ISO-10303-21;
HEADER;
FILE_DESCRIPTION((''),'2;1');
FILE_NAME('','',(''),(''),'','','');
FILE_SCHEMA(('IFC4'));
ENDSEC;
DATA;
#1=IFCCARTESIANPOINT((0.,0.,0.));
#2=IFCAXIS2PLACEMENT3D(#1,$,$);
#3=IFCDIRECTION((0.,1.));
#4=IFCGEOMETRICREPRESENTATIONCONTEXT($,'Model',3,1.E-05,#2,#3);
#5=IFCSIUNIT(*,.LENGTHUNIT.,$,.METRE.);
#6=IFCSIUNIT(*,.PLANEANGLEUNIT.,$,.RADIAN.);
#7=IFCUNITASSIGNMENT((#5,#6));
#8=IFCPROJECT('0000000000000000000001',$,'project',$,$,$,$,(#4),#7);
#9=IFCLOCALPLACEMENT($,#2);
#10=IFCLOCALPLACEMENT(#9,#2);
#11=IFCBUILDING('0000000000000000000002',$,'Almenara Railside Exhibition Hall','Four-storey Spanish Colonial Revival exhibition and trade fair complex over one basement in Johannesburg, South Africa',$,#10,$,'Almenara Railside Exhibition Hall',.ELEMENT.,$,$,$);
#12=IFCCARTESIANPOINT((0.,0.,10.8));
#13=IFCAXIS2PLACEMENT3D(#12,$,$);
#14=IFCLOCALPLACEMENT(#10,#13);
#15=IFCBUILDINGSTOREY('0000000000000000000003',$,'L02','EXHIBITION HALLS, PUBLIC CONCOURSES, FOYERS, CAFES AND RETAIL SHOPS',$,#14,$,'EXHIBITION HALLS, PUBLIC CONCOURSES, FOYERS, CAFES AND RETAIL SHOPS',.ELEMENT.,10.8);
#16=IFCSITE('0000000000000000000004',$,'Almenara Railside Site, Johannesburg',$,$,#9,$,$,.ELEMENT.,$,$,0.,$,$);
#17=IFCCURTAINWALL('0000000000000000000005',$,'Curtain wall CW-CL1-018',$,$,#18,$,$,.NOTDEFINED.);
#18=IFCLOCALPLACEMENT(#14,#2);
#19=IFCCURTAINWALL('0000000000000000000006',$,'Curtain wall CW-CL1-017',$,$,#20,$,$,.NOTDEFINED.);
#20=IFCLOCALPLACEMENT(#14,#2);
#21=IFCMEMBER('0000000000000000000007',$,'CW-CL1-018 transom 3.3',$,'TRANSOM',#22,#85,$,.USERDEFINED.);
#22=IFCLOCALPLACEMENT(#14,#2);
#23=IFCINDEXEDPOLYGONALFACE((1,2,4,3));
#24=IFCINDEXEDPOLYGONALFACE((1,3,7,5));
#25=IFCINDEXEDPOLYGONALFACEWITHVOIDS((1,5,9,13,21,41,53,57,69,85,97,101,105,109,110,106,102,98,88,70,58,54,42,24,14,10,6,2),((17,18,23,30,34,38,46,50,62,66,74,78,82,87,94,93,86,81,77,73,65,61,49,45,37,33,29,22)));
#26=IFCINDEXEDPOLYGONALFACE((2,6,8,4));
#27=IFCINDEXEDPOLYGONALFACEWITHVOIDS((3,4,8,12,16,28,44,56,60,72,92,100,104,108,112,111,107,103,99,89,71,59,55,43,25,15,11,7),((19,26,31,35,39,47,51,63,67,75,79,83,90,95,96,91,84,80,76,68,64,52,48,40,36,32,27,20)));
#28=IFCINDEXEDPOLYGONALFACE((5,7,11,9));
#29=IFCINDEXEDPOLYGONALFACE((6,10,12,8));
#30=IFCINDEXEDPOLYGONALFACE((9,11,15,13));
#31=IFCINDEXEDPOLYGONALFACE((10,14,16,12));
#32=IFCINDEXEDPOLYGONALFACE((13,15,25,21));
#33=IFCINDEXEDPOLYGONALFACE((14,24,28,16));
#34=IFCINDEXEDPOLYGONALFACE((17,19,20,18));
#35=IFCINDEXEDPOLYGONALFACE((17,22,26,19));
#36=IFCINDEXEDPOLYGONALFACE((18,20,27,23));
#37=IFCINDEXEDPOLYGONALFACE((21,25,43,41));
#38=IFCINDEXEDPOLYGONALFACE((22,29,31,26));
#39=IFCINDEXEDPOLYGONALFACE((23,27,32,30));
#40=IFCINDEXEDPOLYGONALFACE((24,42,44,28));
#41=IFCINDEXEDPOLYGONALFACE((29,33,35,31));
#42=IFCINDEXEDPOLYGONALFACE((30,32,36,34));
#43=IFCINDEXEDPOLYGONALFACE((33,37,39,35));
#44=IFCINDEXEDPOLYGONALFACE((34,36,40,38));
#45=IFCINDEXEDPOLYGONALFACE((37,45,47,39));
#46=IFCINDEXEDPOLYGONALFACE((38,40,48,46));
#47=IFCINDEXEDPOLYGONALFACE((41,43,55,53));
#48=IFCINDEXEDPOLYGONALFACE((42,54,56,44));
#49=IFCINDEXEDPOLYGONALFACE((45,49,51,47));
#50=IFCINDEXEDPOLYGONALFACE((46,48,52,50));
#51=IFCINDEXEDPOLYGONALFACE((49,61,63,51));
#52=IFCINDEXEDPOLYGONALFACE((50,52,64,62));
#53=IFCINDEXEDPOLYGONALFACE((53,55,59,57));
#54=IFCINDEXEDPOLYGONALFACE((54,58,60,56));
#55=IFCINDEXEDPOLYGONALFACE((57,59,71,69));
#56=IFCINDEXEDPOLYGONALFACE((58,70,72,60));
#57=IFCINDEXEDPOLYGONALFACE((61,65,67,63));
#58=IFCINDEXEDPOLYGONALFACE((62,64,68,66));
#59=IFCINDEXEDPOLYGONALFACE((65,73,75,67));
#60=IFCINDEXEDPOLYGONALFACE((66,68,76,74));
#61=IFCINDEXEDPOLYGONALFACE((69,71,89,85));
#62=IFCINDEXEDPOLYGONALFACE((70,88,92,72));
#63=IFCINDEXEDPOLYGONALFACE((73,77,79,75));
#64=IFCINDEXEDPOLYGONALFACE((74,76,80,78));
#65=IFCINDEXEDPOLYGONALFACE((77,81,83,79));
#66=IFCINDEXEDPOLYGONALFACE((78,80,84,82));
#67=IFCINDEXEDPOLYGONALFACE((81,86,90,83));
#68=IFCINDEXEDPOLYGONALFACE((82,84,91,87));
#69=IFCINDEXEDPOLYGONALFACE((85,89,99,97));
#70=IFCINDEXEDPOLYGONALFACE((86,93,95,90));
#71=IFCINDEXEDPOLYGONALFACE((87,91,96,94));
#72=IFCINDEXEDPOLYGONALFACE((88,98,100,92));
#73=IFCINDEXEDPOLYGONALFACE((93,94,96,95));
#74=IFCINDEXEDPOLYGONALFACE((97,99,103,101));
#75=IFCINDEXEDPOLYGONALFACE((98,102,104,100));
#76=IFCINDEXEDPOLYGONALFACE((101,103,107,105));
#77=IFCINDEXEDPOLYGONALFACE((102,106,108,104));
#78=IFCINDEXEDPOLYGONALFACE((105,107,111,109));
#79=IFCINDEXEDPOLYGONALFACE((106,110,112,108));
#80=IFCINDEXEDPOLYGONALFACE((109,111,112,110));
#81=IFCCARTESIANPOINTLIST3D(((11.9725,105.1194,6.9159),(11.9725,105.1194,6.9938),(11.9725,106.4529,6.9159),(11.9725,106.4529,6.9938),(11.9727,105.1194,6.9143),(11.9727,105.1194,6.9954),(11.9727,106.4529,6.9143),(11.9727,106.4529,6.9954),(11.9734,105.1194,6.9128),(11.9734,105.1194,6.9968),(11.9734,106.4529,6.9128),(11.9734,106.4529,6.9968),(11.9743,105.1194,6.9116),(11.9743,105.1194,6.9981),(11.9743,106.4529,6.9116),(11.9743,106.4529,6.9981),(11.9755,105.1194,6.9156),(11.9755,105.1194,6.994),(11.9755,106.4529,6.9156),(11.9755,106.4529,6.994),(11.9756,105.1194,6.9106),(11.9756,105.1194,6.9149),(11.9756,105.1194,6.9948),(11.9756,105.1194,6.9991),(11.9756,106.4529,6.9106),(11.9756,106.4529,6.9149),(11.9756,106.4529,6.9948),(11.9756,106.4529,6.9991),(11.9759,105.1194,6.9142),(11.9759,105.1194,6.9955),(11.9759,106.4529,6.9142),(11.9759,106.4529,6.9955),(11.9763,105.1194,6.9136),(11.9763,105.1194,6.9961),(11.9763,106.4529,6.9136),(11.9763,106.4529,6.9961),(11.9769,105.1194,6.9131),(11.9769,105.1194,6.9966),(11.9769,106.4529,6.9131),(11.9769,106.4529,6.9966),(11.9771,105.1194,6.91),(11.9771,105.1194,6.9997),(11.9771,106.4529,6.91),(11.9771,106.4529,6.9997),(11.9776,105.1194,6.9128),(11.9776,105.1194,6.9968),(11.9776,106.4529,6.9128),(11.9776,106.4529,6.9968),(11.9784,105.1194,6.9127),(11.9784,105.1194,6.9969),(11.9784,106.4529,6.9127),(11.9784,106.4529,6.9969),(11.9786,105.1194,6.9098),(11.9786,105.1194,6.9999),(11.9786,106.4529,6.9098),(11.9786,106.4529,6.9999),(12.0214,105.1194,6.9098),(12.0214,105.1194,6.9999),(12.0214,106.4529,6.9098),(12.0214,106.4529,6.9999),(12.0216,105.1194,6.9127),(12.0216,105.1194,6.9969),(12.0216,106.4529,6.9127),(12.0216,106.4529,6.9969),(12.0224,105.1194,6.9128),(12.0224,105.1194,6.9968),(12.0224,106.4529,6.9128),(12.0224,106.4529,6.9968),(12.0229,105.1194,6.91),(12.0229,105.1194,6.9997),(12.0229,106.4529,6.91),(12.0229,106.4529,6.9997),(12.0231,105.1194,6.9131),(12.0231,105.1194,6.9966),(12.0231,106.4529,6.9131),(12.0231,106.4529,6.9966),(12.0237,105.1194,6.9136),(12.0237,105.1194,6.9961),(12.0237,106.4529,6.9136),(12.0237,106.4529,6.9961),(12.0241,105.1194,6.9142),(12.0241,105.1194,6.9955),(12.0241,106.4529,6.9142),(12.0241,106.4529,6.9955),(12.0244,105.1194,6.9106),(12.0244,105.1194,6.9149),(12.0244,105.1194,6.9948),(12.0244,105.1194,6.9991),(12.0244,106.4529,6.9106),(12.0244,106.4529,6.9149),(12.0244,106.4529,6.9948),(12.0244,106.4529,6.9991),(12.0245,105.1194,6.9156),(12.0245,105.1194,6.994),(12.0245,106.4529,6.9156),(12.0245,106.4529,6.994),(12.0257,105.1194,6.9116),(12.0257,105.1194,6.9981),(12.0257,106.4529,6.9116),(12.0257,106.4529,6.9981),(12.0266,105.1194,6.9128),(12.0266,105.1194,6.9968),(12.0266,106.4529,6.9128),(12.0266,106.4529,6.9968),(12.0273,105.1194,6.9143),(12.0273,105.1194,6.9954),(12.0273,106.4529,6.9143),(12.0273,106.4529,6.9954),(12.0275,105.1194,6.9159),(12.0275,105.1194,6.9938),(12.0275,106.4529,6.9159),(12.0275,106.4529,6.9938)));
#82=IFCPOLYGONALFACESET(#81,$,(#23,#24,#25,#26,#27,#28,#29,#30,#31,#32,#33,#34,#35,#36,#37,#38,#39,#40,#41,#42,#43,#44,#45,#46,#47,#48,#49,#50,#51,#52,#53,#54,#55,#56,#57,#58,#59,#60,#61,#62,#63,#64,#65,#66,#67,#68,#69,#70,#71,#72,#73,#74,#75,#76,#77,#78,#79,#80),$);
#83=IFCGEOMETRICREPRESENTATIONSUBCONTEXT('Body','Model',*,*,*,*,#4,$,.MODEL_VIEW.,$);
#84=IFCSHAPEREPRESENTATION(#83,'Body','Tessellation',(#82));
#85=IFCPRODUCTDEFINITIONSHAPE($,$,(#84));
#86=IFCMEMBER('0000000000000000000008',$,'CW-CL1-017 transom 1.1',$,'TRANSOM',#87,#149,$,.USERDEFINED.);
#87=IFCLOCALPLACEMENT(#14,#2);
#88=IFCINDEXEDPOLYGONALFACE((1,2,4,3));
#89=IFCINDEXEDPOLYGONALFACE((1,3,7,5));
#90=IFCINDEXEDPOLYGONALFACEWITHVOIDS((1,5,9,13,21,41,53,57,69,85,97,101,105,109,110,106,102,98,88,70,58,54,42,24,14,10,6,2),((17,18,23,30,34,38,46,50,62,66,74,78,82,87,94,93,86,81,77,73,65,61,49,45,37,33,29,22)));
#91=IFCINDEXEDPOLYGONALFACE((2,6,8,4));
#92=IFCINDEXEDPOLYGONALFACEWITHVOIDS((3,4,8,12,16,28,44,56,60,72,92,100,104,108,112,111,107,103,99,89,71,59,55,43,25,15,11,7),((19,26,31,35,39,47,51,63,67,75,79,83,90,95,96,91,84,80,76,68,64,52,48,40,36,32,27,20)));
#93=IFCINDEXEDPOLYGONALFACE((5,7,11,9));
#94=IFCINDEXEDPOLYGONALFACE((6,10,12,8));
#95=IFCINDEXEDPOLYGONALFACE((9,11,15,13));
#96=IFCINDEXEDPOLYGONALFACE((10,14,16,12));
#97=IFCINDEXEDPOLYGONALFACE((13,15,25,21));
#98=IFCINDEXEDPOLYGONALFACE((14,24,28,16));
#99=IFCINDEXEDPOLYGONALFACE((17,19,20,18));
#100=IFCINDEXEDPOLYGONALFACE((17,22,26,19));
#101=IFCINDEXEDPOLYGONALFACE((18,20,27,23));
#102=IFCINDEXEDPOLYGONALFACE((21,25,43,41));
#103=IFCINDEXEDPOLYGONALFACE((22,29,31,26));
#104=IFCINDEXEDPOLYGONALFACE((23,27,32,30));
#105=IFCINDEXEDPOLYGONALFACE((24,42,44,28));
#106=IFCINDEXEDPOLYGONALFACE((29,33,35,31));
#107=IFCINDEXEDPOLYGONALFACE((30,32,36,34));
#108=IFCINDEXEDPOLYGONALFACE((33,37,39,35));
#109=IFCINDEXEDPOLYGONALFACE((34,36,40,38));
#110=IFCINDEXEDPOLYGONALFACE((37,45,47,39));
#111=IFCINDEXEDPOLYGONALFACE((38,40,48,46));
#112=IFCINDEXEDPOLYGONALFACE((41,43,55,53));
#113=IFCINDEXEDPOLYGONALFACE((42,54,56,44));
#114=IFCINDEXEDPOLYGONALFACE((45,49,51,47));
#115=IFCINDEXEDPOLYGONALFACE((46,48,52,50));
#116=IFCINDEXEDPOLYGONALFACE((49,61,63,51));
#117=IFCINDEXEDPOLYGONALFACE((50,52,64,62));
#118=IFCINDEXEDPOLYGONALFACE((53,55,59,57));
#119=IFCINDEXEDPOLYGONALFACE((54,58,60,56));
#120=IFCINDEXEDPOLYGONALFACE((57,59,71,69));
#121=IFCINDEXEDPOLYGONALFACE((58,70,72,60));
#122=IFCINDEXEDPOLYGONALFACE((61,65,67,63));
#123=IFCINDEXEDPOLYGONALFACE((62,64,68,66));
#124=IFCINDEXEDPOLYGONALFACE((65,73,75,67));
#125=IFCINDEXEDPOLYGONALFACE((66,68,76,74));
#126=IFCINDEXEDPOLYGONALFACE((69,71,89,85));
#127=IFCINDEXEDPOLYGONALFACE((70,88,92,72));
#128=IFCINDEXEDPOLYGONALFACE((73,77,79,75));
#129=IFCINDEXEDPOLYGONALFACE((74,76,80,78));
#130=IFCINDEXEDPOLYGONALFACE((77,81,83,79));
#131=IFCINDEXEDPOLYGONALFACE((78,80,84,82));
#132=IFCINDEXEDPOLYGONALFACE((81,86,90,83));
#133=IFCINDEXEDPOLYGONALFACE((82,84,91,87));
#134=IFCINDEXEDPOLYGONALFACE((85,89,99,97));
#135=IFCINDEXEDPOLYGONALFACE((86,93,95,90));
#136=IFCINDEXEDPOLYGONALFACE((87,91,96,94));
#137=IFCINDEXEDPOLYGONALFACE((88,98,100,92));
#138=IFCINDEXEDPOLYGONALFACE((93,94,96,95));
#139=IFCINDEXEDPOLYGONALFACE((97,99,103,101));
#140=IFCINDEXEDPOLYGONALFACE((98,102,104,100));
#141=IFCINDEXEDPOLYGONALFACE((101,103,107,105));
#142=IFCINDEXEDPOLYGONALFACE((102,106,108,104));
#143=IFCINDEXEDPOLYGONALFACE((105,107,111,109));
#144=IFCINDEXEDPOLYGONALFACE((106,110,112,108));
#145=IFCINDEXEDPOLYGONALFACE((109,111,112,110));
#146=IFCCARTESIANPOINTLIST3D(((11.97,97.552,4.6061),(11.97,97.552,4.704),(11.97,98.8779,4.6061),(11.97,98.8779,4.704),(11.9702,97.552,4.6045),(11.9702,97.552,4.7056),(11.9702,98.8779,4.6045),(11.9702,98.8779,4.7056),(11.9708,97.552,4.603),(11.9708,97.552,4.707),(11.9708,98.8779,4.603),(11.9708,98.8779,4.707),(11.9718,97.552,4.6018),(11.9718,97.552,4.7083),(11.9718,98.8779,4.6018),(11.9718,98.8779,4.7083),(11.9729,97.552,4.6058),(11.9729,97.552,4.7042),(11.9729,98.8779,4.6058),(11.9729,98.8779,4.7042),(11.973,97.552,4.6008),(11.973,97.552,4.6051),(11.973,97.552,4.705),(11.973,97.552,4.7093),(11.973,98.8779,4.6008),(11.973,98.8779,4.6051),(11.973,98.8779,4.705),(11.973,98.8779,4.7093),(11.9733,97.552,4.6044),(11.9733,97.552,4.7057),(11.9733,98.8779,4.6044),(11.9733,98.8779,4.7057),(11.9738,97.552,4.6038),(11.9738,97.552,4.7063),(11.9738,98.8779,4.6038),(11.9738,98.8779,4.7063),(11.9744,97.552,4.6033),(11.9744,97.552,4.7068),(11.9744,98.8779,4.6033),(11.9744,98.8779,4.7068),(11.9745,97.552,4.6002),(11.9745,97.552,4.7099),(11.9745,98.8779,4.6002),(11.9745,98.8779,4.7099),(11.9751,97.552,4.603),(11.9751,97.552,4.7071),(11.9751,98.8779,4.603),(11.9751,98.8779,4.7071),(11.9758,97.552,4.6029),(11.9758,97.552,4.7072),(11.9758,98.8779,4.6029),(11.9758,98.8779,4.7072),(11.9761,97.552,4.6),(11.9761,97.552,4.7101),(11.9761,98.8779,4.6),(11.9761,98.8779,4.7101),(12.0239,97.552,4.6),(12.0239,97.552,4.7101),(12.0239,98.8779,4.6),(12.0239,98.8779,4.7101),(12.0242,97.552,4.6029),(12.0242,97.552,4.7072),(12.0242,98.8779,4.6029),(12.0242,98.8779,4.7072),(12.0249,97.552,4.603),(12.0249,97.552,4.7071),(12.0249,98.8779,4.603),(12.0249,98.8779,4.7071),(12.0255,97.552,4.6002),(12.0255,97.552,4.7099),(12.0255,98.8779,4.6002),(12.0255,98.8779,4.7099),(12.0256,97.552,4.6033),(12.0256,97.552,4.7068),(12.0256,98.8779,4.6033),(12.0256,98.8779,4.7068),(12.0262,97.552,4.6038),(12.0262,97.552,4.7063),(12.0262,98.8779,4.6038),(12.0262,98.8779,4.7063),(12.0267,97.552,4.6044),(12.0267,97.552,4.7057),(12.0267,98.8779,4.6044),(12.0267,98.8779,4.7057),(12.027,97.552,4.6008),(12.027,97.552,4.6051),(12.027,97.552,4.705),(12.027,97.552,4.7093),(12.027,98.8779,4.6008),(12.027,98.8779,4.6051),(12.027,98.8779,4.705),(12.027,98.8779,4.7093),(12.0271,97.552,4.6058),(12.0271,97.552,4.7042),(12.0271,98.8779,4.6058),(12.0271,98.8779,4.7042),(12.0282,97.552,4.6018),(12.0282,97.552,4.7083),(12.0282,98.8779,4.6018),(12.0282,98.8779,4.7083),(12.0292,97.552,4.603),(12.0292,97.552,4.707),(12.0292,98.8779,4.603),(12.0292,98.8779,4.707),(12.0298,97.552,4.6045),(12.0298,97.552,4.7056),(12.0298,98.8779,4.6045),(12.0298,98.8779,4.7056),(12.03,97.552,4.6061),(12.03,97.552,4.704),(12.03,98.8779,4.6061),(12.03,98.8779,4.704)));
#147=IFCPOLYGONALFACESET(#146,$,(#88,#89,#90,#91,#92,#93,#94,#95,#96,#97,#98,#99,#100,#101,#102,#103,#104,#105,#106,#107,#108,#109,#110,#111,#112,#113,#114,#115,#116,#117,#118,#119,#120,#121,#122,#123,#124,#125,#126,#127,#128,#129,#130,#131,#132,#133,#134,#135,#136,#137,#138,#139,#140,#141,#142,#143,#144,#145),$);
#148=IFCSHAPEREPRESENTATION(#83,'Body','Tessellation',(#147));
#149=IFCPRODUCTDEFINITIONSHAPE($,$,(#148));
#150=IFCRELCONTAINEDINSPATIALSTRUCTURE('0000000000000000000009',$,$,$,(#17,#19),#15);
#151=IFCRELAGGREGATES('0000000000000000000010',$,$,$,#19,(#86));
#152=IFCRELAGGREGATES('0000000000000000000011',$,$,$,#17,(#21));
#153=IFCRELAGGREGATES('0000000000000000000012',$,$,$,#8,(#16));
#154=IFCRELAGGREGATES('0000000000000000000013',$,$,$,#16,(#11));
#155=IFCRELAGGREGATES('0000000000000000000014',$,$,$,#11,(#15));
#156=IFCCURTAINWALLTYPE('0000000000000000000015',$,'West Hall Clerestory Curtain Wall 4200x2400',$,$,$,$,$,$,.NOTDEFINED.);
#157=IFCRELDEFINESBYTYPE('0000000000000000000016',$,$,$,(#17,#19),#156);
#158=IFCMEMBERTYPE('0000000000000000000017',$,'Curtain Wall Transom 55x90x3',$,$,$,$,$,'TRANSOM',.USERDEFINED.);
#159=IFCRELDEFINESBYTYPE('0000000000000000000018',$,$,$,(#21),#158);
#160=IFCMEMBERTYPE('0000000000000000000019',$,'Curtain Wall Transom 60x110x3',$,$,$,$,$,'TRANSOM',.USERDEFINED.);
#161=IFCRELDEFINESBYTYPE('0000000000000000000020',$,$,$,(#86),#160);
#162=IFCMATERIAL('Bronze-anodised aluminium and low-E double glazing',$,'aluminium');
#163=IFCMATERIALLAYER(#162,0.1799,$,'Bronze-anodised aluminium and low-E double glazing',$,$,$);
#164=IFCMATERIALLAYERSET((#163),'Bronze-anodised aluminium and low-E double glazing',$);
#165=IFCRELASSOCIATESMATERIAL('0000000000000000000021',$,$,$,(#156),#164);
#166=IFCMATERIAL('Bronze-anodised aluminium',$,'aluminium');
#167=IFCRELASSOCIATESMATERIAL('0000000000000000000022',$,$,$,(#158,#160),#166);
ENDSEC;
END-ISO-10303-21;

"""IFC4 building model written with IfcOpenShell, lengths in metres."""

from ifc_helpers import new_model, si_unit, direction, frame, origin, origin_2d, place, context, subcontext, project, spatial, hollow_rectangle, extrude, material, layer, layer_set, material_profile, profile_set, type_object, element, aggregate, save


model = new_model("IFC4")

# Units and contexts
model_context = context("Model", 3, precision=1e-05, world=origin(), true_north=direction((0.0, 1.0)))
body_context = subcontext(model_context, "Body", "Model", "MODEL_VIEW")
ifc_project = project(units=[si_unit("LENGTHUNIT", "METRE"), si_unit("PLANEANGLEUNIT", "RADIAN")], contexts=[model_context])

# Site, building, storey
site_placement = place(None, origin())
site = spatial("IfcSite", under=ifc_project, at=site_placement, Name="Almenara Railside Site, Johannesburg", CompositionType="ELEMENT", RefElevation=0.0)
building_placement = place(site_placement, origin())
building = spatial("IfcBuilding", under=site, at=building_placement, Name="Almenara Railside Exhibition Hall", Description="Four-storey Spanish Colonial Revival exhibition and trade fair complex over one basement in Johannesburg, South Africa", LongName="Almenara Railside Exhibition Hall", CompositionType="ELEMENT")
storey_placement = place(building_placement, frame((0.0, 0.0, 10.8)))
storey = spatial("IfcBuildingStorey", under=building, at=storey_placement, Name="L02", Description="EXHIBITION HALLS, PUBLIC CONCOURSES, FOYERS, CAFES AND RETAIL SHOPS", LongName="EXHIBITION HALLS, PUBLIC CONCOURSES, FOYERS, CAFES AND RETAIL SHOPS", CompositionType="ELEMENT", Elevation=10.8)

# Curtain walls
ifc_material_1 = material(Name="Bronze-anodised aluminium and low-E double glazing", Category="aluminium")
ifc_layer_1 = layer(ifc_material_1, 0.1799, Name="Bronze-anodised aluminium and low-E double glazing")
ifc_layer_set_1 = layer_set([ifc_layer_1], Name="Bronze-anodised aluminium and low-E double glazing")
curtain_wall_type = type_object("IfcCurtainWallType", Name="West Hall Clerestory Curtain Wall 4200x2400", PredefinedType="NOTDEFINED", material=ifc_layer_set_1)
curtain_wall_1_placement = place(storey_placement, origin())
curtain_wall_1 = element("IfcCurtainWall", 1, at=curtain_wall_1_placement, inside=storey, type_object=curtain_wall_type, Name="Curtain wall CW-CL1-018", PredefinedType="NOTDEFINED")
ifc_material_2 = material(Name="Bronze-anodised aluminium", Category="aluminium")
curtain_wall_2_placement = place(storey_placement, origin())
curtain_wall_2 = element("IfcCurtainWall", 2, at=curtain_wall_2_placement, inside=storey, type_object=curtain_wall_type, Name="Curtain wall CW-CL1-017", PredefinedType="NOTDEFINED")

# Members
ifc_material_profile_1 = material_profile(ifc_material_2, hollow_rectangle(XDim=0.0549, YDim=0.0901, WallThickness=0.0029, InnerFilletRadius=0.0029, OuterFilletRadius=0.0061, at=origin_2d()), Name="ALU-TRN 55x90x3")
ifc_profile_set_1 = profile_set([ifc_material_profile_1], Name="Bronze-anodised aluminium")
member_type_1 = type_object("IfcMemberType", Name="Curtain Wall Transom 55x90x3", ElementType="TRANSOM", PredefinedType="USERDEFINED", material=ifc_profile_set_1)
member_1_placement = place(storey_placement, frame((12.0, 105.1194, 6.9548), z_axis=(0.0, 1.0, 0.0), x_axis=(-1.0, 0.0, 0.0)))
member_1 = element("IfcMember", 3, at=member_1_placement, type_object=member_type_1, Name="CW-CL1-018 transom 3.3", ObjectType="TRANSOM", PredefinedType="USERDEFINED", context=body_context, shape_type="SweptSolid", body=[
    extrude(hollow_rectangle(XDim=0.0549, YDim=0.0901, WallThickness=0.0029, InnerFilletRadius=0.0029, OuterFilletRadius=0.0061, at=origin_2d()), origin(), (0.0, 0.0, 1.0), 1.3335),
])
ifc_material_profile_2 = material_profile(ifc_material_2, hollow_rectangle(XDim=0.0601, YDim=0.1101, WallThickness=0.0029, InnerFilletRadius=0.0029, OuterFilletRadius=0.0061, at=origin_2d()), Name="ALU-TRN 60x110x3")
ifc_profile_set_2 = profile_set([ifc_material_profile_2], Name="Bronze-anodised aluminium")
member_type_2 = type_object("IfcMemberType", Name="Curtain Wall Transom 60x110x3", ElementType="TRANSOM", PredefinedType="USERDEFINED", material=ifc_profile_set_2)
member_2_placement = place(storey_placement, frame((12.0, 97.552, 4.655), z_axis=(0.0, 1.0, 0.0), x_axis=(-1.0, 0.0, 0.0)))
member_2 = element("IfcMember", 4, at=member_2_placement, type_object=member_type_2, Name="CW-CL1-017 transom 1.1", ObjectType="TRANSOM", PredefinedType="USERDEFINED", context=body_context, shape_type="SweptSolid", body=[
    extrude(hollow_rectangle(XDim=0.0601, YDim=0.1101, WallThickness=0.0029, InnerFilletRadius=0.0029, OuterFilletRadius=0.0061, at=origin_2d()), origin(), (0.0, 0.0, 1.0), 1.3259),
])

aggregate(curtain_wall_2, [member_2])
aggregate(curtain_wall_1, [member_1])

save(model, "model.ifc")
